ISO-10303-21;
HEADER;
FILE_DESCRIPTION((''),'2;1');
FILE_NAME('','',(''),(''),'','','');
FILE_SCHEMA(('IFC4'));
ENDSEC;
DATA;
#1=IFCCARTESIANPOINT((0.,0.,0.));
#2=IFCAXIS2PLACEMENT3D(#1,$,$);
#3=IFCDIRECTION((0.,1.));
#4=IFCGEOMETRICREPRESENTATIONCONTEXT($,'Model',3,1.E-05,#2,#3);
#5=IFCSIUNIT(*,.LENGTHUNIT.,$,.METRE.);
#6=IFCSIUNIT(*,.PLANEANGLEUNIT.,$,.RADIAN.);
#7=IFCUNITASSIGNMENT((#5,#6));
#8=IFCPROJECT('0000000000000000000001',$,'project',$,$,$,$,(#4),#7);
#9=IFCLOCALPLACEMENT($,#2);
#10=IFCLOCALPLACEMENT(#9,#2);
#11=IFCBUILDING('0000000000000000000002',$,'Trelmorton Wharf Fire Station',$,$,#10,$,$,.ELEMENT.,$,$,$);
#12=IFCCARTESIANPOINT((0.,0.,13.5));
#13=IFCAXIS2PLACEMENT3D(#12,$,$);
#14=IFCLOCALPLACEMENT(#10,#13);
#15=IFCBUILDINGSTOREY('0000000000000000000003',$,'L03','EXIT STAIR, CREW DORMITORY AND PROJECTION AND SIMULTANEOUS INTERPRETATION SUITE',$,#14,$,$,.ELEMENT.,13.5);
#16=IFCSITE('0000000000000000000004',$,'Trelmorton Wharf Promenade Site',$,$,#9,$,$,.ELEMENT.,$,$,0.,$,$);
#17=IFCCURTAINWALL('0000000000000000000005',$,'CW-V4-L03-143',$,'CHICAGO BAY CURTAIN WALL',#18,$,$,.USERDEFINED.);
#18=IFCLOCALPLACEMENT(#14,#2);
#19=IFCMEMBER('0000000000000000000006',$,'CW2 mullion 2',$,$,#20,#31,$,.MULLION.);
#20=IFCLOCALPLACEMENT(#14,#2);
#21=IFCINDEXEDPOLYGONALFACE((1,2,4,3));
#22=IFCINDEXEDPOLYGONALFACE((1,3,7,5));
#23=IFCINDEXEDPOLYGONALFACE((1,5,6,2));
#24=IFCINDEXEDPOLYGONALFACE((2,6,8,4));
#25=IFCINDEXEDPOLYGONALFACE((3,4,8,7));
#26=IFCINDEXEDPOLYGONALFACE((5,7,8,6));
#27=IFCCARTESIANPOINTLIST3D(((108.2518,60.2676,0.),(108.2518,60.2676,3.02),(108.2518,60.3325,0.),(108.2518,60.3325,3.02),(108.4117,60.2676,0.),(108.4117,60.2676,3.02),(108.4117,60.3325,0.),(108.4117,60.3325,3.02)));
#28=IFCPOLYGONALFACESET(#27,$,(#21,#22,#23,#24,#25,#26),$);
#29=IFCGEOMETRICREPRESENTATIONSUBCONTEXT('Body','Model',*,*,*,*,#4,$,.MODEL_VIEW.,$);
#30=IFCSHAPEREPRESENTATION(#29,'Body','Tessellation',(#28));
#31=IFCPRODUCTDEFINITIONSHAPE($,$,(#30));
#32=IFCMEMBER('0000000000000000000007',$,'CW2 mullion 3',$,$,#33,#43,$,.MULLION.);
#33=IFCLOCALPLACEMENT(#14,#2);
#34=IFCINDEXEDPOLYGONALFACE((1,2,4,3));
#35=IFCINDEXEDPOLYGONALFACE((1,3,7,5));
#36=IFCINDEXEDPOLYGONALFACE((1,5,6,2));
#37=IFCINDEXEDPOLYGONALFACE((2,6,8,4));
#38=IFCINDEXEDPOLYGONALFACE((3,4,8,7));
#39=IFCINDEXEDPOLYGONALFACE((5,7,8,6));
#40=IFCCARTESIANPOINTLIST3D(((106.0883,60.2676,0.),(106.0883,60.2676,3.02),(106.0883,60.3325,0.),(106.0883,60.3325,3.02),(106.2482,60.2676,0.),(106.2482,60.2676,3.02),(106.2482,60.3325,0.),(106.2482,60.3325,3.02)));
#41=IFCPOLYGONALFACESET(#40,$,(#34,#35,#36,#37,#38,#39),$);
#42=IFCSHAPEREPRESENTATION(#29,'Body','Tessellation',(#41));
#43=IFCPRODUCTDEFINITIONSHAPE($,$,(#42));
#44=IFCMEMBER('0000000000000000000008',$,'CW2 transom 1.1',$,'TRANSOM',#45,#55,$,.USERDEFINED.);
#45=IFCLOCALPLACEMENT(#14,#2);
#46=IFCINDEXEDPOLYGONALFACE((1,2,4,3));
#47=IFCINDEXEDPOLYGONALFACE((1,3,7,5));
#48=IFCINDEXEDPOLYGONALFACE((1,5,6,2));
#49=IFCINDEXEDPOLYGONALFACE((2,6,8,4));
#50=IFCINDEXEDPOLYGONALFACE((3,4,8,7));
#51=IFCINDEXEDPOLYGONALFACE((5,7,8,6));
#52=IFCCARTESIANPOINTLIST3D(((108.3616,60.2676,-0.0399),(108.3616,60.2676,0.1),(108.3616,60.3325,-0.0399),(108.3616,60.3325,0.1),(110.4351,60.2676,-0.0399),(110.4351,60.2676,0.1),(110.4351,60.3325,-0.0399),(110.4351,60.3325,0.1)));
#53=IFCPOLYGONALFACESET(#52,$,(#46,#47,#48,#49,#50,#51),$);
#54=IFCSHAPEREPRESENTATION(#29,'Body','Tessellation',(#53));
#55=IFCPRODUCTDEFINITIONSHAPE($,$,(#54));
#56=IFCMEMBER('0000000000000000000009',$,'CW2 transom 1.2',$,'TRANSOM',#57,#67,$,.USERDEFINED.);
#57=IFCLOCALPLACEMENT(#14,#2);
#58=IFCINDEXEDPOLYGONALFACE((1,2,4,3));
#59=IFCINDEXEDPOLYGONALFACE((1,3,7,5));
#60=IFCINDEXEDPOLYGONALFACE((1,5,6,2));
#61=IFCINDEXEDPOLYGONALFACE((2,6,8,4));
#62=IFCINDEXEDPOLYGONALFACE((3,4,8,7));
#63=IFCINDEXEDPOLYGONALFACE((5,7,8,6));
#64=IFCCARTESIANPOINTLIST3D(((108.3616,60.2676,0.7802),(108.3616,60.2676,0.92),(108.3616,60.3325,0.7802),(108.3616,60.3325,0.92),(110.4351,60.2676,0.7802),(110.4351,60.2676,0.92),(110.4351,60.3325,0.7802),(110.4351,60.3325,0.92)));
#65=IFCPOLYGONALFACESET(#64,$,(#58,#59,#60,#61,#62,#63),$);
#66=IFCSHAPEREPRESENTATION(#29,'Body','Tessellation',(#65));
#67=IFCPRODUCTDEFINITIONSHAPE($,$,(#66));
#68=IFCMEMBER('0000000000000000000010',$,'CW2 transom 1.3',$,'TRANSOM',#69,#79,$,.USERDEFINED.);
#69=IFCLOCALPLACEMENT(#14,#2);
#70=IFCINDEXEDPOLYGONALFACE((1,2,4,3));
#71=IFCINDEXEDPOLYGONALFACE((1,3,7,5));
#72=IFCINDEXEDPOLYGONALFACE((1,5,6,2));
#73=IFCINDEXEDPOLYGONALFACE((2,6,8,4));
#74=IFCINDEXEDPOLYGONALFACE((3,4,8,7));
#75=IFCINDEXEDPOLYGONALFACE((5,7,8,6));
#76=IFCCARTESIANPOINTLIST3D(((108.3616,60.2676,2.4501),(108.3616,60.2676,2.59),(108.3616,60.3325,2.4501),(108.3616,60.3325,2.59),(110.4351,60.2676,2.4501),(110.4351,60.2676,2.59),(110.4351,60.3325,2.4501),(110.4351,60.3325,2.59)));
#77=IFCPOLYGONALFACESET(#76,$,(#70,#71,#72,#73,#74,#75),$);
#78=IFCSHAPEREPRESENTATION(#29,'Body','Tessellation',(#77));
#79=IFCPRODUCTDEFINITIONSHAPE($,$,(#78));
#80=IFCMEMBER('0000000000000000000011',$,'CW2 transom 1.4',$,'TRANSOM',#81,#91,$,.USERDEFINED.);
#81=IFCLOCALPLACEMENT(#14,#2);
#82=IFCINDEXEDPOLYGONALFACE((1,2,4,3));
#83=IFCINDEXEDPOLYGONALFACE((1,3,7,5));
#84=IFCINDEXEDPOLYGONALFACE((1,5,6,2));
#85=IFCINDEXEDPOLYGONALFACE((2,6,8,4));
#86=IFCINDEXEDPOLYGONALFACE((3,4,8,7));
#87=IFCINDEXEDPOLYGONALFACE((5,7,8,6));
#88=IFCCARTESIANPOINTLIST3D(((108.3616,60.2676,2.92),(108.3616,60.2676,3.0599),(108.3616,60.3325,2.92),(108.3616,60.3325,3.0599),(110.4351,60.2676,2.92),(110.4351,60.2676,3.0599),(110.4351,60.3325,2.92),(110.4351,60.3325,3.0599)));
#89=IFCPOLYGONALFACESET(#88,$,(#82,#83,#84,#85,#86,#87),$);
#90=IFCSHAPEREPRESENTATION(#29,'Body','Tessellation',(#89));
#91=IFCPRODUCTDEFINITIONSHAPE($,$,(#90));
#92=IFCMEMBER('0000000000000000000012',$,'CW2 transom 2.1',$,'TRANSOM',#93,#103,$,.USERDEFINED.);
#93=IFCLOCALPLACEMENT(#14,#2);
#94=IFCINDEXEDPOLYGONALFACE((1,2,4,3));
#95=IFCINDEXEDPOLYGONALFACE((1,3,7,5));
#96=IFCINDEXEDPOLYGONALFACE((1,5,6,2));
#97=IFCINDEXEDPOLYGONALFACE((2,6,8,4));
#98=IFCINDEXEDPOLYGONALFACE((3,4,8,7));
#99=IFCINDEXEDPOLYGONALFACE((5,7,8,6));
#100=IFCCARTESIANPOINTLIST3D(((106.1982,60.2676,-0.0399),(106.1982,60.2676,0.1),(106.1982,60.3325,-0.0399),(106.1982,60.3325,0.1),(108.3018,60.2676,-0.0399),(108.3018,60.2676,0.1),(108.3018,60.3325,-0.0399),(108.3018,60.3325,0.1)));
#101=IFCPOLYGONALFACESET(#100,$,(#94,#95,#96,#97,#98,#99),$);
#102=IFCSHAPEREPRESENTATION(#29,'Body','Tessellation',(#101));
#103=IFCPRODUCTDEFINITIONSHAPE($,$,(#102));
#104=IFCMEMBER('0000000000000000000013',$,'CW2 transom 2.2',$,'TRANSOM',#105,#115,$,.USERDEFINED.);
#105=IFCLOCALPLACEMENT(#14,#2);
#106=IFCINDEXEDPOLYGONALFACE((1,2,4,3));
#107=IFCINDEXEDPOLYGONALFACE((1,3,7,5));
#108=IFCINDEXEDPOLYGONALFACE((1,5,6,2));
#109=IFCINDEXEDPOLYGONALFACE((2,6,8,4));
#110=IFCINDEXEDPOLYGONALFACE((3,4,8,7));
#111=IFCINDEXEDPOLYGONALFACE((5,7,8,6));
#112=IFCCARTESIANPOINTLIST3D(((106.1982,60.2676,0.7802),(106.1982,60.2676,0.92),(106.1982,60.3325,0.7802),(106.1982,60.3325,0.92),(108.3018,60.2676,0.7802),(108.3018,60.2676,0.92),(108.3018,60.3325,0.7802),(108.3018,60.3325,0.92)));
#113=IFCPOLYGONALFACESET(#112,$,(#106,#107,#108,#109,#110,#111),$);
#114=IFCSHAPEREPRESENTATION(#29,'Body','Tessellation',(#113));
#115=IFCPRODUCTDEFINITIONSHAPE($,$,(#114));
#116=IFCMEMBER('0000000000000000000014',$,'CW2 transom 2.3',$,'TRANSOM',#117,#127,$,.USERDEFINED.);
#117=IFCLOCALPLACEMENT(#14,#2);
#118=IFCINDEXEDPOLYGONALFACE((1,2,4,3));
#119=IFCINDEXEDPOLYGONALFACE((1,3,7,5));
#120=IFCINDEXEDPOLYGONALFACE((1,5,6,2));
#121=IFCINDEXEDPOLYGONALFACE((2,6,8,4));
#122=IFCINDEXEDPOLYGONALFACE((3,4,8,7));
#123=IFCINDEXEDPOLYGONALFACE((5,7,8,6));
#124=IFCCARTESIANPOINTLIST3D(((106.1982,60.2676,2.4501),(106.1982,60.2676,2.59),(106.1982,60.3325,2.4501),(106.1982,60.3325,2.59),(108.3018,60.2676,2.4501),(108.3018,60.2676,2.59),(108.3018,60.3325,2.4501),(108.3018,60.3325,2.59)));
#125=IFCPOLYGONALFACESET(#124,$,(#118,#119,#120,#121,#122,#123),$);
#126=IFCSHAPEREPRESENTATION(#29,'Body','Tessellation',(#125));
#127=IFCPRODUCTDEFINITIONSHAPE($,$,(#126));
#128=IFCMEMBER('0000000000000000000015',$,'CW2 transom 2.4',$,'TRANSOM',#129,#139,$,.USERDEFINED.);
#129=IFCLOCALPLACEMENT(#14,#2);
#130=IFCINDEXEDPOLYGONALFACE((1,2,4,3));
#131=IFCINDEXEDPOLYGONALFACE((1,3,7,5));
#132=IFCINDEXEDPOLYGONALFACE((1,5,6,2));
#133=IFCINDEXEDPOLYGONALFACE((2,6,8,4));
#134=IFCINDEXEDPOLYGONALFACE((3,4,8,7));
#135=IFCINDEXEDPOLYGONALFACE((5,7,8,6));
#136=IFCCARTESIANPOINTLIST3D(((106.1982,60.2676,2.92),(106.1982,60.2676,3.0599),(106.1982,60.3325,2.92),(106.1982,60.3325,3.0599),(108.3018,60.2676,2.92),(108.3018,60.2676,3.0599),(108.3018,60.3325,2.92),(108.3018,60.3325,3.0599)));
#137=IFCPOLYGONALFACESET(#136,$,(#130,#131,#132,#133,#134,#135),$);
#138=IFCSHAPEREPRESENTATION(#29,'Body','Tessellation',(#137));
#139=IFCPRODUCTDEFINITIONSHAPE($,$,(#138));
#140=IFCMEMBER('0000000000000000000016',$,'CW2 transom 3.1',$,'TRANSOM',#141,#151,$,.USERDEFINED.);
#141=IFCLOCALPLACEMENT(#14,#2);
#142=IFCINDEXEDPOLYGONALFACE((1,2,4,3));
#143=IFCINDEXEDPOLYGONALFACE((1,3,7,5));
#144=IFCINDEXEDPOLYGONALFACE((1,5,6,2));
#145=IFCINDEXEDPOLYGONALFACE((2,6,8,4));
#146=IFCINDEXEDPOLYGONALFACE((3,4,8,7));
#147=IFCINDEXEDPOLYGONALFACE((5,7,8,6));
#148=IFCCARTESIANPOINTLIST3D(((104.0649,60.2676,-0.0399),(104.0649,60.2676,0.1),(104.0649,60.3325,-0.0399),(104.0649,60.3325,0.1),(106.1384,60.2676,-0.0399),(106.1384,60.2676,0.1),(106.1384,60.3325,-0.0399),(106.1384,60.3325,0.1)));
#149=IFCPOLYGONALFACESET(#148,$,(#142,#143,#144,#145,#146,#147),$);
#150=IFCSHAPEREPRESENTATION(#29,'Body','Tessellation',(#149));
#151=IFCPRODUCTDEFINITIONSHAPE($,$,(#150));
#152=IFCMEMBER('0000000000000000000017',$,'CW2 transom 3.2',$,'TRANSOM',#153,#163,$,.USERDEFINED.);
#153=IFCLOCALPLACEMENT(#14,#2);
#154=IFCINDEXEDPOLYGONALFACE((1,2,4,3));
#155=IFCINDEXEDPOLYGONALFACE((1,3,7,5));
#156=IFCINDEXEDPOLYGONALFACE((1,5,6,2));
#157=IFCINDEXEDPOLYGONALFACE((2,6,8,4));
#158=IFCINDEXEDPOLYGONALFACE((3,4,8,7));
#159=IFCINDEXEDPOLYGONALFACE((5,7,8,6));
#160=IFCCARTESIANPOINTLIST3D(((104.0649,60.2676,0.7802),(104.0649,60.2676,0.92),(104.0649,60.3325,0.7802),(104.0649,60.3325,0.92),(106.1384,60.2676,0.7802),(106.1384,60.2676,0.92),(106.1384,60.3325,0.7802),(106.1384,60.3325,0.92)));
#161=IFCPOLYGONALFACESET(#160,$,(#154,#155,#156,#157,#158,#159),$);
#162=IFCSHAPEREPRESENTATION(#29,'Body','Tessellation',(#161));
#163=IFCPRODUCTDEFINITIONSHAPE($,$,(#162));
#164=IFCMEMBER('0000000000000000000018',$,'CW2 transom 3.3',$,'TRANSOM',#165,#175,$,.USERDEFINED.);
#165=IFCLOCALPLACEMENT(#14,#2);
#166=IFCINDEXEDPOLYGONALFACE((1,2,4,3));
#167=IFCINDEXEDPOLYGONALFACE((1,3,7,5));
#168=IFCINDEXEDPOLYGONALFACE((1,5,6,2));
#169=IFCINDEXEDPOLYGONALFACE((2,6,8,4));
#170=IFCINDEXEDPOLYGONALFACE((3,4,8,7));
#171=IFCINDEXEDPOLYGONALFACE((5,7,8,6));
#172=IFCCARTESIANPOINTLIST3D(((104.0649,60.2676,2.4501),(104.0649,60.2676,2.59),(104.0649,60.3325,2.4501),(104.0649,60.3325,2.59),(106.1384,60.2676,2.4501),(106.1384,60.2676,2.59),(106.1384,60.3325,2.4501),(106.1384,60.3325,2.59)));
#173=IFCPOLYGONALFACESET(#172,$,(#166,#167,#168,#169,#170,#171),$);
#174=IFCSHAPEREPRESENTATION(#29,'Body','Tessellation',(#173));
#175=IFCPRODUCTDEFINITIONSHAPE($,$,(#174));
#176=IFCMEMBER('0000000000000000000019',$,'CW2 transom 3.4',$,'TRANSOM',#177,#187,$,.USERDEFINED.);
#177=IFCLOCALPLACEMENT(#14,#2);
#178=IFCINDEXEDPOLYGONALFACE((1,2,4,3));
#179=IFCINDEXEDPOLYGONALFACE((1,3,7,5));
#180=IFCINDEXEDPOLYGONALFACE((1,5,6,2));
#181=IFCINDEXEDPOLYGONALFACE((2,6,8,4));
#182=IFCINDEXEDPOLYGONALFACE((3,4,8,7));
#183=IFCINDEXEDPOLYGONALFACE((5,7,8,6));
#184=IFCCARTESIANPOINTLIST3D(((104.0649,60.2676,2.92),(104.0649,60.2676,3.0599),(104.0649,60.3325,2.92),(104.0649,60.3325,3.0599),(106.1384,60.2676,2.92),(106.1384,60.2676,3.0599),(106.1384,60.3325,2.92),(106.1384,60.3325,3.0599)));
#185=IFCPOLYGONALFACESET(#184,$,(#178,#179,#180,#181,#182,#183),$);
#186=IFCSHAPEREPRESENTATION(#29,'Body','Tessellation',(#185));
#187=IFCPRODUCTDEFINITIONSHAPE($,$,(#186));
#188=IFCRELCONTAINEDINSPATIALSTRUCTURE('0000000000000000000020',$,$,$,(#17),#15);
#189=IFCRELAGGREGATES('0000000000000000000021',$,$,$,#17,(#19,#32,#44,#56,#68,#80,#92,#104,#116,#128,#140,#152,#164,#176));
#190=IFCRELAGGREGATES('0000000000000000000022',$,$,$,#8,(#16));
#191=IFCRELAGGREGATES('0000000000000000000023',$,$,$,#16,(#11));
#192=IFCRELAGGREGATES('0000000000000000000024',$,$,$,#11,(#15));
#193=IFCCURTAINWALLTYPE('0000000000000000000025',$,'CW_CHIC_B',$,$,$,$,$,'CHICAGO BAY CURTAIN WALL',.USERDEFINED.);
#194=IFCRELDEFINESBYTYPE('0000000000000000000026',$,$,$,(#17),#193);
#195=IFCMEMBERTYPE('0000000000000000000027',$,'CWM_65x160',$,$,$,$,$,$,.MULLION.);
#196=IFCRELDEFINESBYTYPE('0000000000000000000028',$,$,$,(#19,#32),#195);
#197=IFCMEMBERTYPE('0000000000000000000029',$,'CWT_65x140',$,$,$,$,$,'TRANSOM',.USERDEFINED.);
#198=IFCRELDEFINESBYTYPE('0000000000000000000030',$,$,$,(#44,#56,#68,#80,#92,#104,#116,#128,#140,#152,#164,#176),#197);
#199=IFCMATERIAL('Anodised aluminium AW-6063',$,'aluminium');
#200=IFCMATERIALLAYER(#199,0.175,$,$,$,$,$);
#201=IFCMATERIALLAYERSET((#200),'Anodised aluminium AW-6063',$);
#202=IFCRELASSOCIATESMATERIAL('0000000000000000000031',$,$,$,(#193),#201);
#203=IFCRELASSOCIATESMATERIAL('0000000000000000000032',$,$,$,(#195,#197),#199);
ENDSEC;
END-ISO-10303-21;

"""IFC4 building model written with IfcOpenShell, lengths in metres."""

from ifc_helpers import new_model, si_unit, direction, frame, origin, origin_2d, place, context, subcontext, project, spatial, rectangle, extrude, material, layer, layer_set, material_profile, profile_set, type_object, element, aggregate, save


model = new_model("IFC4")

# Units and contexts
model_context = context("Model", 3, precision=1e-05, world=origin(), true_north=direction((0.0, 1.0)))
body_context = subcontext(model_context, "Body", "Model", "MODEL_VIEW")
ifc_project = project(units=[si_unit("LENGTHUNIT", "METRE"), si_unit("PLANEANGLEUNIT", "RADIAN")], contexts=[model_context])

# Site, building, storey
site_placement = place(None, origin())
site = spatial("IfcSite", under=ifc_project, at=site_placement, Name="Trelmorton Wharf Promenade Site", CompositionType="ELEMENT", RefElevation=0.0)
building_placement = place(site_placement, origin())
building = spatial("IfcBuilding", under=site, at=building_placement, Name="Trelmorton Wharf Fire Station", CompositionType="ELEMENT")
storey_placement = place(building_placement, frame((0.0, 0.0, 13.5)))
storey = spatial("IfcBuildingStorey", under=building, at=storey_placement, Name="L03", Description="EXIT STAIR, CREW DORMITORY AND PROJECTION AND SIMULTANEOUS INTERPRETATION SUITE", CompositionType="ELEMENT", Elevation=13.5)

# Curtain wall, members
ifc_material_1 = material(Name="Anodised aluminium AW-6063", Category="aluminium")
ifc_layer_1 = layer(ifc_material_1, 0.175)
ifc_layer_set_1 = layer_set([ifc_layer_1], Name="Anodised aluminium AW-6063")
curtain_wall_type = type_object("IfcCurtainWallType", Name="CW_CHIC_B", ElementType="CHICAGO BAY CURTAIN WALL", PredefinedType="USERDEFINED", material=ifc_layer_set_1)
curtain_wall_placement = place(storey_placement, origin())
curtain_wall = element("IfcCurtainWall", 1, at=curtain_wall_placement, inside=storey, type_object=curtain_wall_type, Name="CW-V4-L03-143", ObjectType="CHICAGO BAY CURTAIN WALL", PredefinedType="USERDEFINED")
ifc_material_profile_1 = material_profile(ifc_material_1, rectangle(XDim=0.0649, YDim=0.1599, at=origin_2d()), Name="ALU-65x160")
ifc_profile_set_1 = profile_set([ifc_material_profile_1], Name="Anodised aluminium AW-6063")
member_type_1 = type_object("IfcMemberType", Name="CWM_65x160", PredefinedType="MULLION", material=ifc_profile_set_1)
member_1_placement = place(storey_placement, frame((108.3318, 60.3, 0.0), z_axis=(0.0, 0.0, 1.0), x_axis=(0.0, -1.0, 0.0)))
member_1 = element("IfcMember", 2, at=member_1_placement, type_object=member_type_1, Name="CW2 mullion 2", PredefinedType="MULLION", context=body_context, shape_type="SweptSolid", body=[
    extrude(rectangle(XDim=0.0649, YDim=0.1599, at=origin_2d()), origin(), (0.0, 0.0, 1.0), 3.02),
])
member_2_placement = place(storey_placement, frame((106.1682, 60.3, 0.0), z_axis=(0.0, 0.0, 1.0), x_axis=(0.0, -1.0, 0.0)))
member_2 = element("IfcMember", 3, at=member_2_placement, type_object=member_type_1, Name="CW2 mullion 3", PredefinedType="MULLION", context=body_context, shape_type="SweptSolid", body=[
    extrude(rectangle(XDim=0.0649, YDim=0.1599, at=origin_2d()), origin(), (0.0, 0.0, 1.0), 3.02),
])
ifc_material_profile_2 = material_profile(ifc_material_1, rectangle(XDim=0.0649, YDim=0.1399, at=origin_2d()), Name="ALU-65x140")
ifc_profile_set_2 = profile_set([ifc_material_profile_2], Name="Anodised aluminium AW-6063")
member_type_2 = type_object("IfcMemberType", Name="CWT_65x140", ElementType="TRANSOM", PredefinedType="USERDEFINED", material=ifc_profile_set_2)
member_3_placement = place(storey_placement, frame((110.4351, 60.3, 0.03), z_axis=(-1.0, 0.0, 0.0), x_axis=(0.0, -1.0, 0.0)))
member_3 = element("IfcMember", 4, at=member_3_placement, type_object=member_type_2, Name="CW2 transom 1.1", ObjectType="TRANSOM", PredefinedType="USERDEFINED", context=body_context, shape_type="SweptSolid", body=[
    extrude(rectangle(XDim=0.0649, YDim=0.1399, at=origin_2d()), origin(), (0.0, 0.0, 1.0), 2.0735),
])
member_4_placement = place(storey_placement, frame((110.4351, 60.3, 0.8501), z_axis=(-1.0, 0.0, 0.0), x_axis=(0.0, -1.0, 0.0)))
member_4 = element("IfcMember", 5, at=member_4_placement, type_object=member_type_2, Name="CW2 transom 1.2", ObjectType="TRANSOM", PredefinedType="USERDEFINED", context=body_context, shape_type="SweptSolid", body=[
    extrude(rectangle(XDim=0.0649, YDim=0.1399, at=origin_2d()), origin(), (0.0, 0.0, 1.0), 2.0735),
])
member_5_placement = place(storey_placement, frame((110.4351, 60.3, 2.52), z_axis=(-1.0, 0.0, 0.0), x_axis=(0.0, -1.0, 0.0)))
member_5 = element("IfcMember", 6, at=member_5_placement, type_object=member_type_2, Name="CW2 transom 1.3", ObjectType="TRANSOM", PredefinedType="USERDEFINED", context=body_context, shape_type="SweptSolid", body=[
    extrude(rectangle(XDim=0.0649, YDim=0.1399, at=origin_2d()), origin(), (0.0, 0.0, 1.0), 2.0735),
])
member_6_placement = place(storey_placement, frame((110.4351, 60.3, 2.99), z_axis=(-1.0, 0.0, 0.0), x_axis=(0.0, -1.0, 0.0)))
member_6 = element("IfcMember", 7, at=member_6_placement, type_object=member_type_2, Name="CW2 transom 1.4", ObjectType="TRANSOM", PredefinedType="USERDEFINED", context=body_context, shape_type="SweptSolid", body=[
    extrude(rectangle(XDim=0.0649, YDim=0.1399, at=origin_2d()), origin(), (0.0, 0.0, 1.0), 2.0735),
])
member_7_placement = place(storey_placement, frame((108.3018, 60.3, 0.03), z_axis=(-1.0, 0.0, 0.0), x_axis=(0.0, -1.0, 0.0)))
member_7 = element("IfcMember", 8, at=member_7_placement, type_object=member_type_2, Name="CW2 transom 2.1", ObjectType="TRANSOM", PredefinedType="USERDEFINED", context=body_context, shape_type="SweptSolid", body=[
    extrude(rectangle(XDim=0.0649, YDim=0.1399, at=origin_2d()), origin(), (0.0, 0.0, 1.0), 2.1035),
])
member_8_placement = place(storey_placement, frame((108.3018, 60.3, 0.8501), z_axis=(-1.0, 0.0, 0.0), x_axis=(0.0, -1.0, 0.0)))
member_8 = element("IfcMember", 9, at=member_8_placement, type_object=member_type_2, Name="CW2 transom 2.2", ObjectType="TRANSOM", PredefinedType="USERDEFINED", context=body_context, shape_type="SweptSolid", body=[
    extrude(rectangle(XDim=0.0649, YDim=0.1399, at=origin_2d()), origin(), (0.0, 0.0, 1.0), 2.1035),
])
member_9_placement = place(storey_placement, frame((108.3018, 60.3, 2.52), z_axis=(-1.0, 0.0, 0.0), x_axis=(0.0, -1.0, 0.0)))
member_9 = element("IfcMember", 10, at=member_9_placement, type_object=member_type_2, Name="CW2 transom 2.3", ObjectType="TRANSOM", PredefinedType="USERDEFINED", context=body_context, shape_type="SweptSolid", body=[
    extrude(rectangle(XDim=0.0649, YDim=0.1399, at=origin_2d()), origin(), (0.0, 0.0, 1.0), 2.1035),
])
member_10_placement = place(storey_placement, frame((108.3018, 60.3, 2.99), z_axis=(-1.0, 0.0, 0.0), x_axis=(0.0, -1.0, 0.0)))
member_10 = element("IfcMember", 11, at=member_10_placement, type_object=member_type_2, Name="CW2 transom 2.4", ObjectType="TRANSOM", PredefinedType="USERDEFINED", context=body_context, shape_type="SweptSolid", body=[
    extrude(rectangle(XDim=0.0649, YDim=0.1399, at=origin_2d()), origin(), (0.0, 0.0, 1.0), 2.1035),
])
member_11_placement = place(storey_placement, frame((106.1384, 60.3, 0.03), z_axis=(-1.0, 0.0, 0.0), x_axis=(0.0, -1.0, 0.0)))
member_11 = element("IfcMember", 12, at=member_11_placement, type_object=member_type_2, Name="CW2 transom 3.1", ObjectType="TRANSOM", PredefinedType="USERDEFINED", context=body_context, shape_type="SweptSolid", body=[
    extrude(rectangle(XDim=0.0649, YDim=0.1399, at=origin_2d()), origin(), (0.0, 0.0, 1.0), 2.0735),
])
member_12_placement = place(storey_placement, frame((106.1384, 60.3, 0.8501), z_axis=(-1.0, 0.0, 0.0), x_axis=(0.0, -1.0, 0.0)))
member_12 = element("IfcMember", 13, at=member_12_placement, type_object=member_type_2, Name="CW2 transom 3.2", ObjectType="TRANSOM", PredefinedType="USERDEFINED", context=body_context, shape_type="SweptSolid", body=[
    extrude(rectangle(XDim=0.0649, YDim=0.1399, at=origin_2d()), origin(), (0.0, 0.0, 1.0), 2.0735),
])
member_13_placement = place(storey_placement, frame((106.1384, 60.3, 2.52), z_axis=(-1.0, 0.0, 0.0), x_axis=(0.0, -1.0, 0.0)))
member_13 = element("IfcMember", 14, at=member_13_placement, type_object=member_type_2, Name="CW2 transom 3.3", ObjectType="TRANSOM", PredefinedType="USERDEFINED", context=body_context, shape_type="SweptSolid", body=[
    extrude(rectangle(XDim=0.0649, YDim=0.1399, at=origin_2d()), origin(), (0.0, 0.0, 1.0), 2.0735),
])
member_14_placement = place(storey_placement, frame((106.1384, 60.3, 2.99), z_axis=(-1.0, 0.0, 0.0), x_axis=(0.0, -1.0, 0.0)))
member_14 = element("IfcMember", 15, at=member_14_placement, type_object=member_type_2, Name="CW2 transom 3.4", ObjectType="TRANSOM", PredefinedType="USERDEFINED", context=body_context, shape_type="SweptSolid", body=[
    extrude(rectangle(XDim=0.0649, YDim=0.1399, at=origin_2d()), origin(), (0.0, 0.0, 1.0), 2.0735),
])
aggregate(curtain_wall, [member_1, member_2, member_3, member_4, member_5, member_6, member_7, member_8, member_9, member_10, member_11, member_12, member_13, member_14])

save(model, "model.ifc")
